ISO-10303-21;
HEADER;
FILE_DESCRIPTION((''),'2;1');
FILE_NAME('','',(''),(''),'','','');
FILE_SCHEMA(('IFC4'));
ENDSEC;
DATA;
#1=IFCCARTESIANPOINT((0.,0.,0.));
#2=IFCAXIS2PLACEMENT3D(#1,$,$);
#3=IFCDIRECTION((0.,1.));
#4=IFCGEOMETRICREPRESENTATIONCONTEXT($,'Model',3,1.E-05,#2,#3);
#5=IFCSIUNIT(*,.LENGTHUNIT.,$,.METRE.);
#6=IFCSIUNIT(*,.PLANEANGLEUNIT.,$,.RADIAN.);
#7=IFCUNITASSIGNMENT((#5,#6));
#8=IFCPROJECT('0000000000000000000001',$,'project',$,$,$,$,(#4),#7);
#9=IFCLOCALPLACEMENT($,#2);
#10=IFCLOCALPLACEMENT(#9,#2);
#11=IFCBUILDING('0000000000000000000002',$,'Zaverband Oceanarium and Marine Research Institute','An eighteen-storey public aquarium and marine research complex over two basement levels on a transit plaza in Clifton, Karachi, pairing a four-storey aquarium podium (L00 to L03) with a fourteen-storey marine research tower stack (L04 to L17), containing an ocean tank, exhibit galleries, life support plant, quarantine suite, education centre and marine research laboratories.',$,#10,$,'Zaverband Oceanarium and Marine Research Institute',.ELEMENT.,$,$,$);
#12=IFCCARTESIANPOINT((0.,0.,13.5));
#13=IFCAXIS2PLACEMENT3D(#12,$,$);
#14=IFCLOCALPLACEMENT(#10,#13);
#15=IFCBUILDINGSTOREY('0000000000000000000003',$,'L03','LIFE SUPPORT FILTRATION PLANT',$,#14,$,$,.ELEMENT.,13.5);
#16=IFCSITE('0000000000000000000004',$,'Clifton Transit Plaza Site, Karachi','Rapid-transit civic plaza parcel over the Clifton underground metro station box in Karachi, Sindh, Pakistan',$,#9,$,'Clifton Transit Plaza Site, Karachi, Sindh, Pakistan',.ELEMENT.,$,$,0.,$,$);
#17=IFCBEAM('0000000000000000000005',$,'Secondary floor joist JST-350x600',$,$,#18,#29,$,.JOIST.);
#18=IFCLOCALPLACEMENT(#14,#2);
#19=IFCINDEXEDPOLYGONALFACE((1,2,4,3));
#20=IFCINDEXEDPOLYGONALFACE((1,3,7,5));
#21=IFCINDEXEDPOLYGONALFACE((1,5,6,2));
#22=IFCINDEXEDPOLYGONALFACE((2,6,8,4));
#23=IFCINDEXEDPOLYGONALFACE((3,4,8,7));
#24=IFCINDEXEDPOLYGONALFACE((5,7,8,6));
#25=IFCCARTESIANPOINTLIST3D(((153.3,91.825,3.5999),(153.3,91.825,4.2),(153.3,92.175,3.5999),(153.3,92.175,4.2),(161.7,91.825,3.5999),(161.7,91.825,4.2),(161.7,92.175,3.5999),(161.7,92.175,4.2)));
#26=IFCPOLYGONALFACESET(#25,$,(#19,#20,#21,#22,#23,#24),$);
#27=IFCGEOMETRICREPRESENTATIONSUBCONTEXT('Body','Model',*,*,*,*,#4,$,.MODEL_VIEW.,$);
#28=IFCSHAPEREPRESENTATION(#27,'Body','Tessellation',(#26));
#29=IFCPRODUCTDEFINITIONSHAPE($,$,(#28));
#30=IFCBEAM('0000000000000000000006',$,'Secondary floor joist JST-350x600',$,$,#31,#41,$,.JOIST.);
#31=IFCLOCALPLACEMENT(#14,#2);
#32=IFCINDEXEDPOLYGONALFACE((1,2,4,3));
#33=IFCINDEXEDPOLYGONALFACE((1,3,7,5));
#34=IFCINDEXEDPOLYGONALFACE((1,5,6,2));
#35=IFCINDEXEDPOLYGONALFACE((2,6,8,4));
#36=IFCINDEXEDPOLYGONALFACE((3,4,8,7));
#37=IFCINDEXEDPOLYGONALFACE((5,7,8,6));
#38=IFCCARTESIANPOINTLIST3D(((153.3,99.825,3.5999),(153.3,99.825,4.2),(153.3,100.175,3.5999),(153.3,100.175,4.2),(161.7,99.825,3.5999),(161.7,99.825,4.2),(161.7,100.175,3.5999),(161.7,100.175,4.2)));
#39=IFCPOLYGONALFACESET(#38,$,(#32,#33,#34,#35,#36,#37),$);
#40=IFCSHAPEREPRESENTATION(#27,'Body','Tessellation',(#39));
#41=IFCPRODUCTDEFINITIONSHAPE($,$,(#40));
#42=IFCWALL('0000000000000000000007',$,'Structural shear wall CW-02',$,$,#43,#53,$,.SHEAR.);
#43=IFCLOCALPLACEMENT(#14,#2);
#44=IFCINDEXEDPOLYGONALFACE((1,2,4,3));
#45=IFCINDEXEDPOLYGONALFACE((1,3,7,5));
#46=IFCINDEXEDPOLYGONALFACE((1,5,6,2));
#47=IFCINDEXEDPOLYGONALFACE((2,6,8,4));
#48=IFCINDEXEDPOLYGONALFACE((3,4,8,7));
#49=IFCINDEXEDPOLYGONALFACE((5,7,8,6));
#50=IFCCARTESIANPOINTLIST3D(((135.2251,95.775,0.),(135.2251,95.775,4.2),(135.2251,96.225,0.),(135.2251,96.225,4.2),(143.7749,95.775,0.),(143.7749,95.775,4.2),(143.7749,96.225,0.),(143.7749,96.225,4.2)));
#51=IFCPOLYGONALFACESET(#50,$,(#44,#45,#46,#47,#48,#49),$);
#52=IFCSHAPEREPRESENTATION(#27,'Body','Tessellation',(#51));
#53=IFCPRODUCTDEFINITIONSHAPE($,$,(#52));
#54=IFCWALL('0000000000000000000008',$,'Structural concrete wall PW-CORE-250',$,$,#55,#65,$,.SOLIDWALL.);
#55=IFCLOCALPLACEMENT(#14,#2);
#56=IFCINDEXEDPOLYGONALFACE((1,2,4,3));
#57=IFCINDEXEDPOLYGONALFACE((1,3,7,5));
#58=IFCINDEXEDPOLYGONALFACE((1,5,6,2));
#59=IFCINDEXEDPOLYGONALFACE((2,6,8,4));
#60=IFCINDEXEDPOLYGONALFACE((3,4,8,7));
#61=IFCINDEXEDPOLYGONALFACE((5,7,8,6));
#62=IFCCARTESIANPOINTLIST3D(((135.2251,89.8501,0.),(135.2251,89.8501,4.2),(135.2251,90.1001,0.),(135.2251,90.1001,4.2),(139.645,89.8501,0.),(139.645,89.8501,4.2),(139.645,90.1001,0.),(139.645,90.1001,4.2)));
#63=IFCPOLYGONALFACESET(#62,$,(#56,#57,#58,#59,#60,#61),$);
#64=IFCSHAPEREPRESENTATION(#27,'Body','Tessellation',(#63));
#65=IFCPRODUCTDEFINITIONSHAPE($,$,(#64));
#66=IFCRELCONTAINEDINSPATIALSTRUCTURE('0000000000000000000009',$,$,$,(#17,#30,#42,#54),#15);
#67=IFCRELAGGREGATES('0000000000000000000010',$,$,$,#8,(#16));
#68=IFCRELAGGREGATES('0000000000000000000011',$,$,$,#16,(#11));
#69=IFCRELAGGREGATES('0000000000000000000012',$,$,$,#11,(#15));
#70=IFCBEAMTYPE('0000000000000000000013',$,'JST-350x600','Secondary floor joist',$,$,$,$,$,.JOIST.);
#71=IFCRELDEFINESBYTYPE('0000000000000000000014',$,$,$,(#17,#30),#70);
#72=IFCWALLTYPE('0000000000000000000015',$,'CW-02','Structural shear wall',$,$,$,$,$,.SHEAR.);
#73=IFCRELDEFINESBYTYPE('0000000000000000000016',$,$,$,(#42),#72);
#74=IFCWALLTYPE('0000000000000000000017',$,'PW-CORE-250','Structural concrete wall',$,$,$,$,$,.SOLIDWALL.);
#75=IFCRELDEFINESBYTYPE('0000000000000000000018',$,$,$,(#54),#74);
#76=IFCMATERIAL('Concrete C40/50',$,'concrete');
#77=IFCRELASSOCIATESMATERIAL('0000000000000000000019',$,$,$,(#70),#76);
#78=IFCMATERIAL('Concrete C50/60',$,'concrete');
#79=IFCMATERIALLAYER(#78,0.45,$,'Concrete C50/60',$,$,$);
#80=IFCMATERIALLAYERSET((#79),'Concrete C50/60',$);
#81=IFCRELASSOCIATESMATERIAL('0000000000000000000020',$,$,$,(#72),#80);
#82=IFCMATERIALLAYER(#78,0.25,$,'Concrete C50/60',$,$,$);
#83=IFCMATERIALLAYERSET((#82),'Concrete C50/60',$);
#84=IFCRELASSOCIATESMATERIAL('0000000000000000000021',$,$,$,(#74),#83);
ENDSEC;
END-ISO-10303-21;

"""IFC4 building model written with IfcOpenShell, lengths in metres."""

from ifc_helpers import new_model, si_unit, direction, frame, frame_2d, origin, origin_2d, place, context, subcontext, project, spatial, rectangle, extrude, material, layer, layer_set, material_profile, profile_set, type_object, element, save


model = new_model("IFC4")

# Units and contexts
model_context = context("Model", 3, precision=1e-05, world=origin(), true_north=direction((0.0, 1.0)))
body_context = subcontext(model_context, "Body", "Model", "MODEL_VIEW")
ifc_project = project(units=[si_unit("LENGTHUNIT", "METRE"), si_unit("PLANEANGLEUNIT", "RADIAN")], contexts=[model_context])

# Site, building, storey
site_placement = place(None, origin())
site = spatial("IfcSite", under=ifc_project, at=site_placement, Name="Clifton Transit Plaza Site, Karachi", Description="Rapid-transit civic plaza parcel over the Clifton underground metro station box in Karachi, Sindh, Pakistan", LongName="Clifton Transit Plaza Site, Karachi, Sindh, Pakistan", CompositionType="ELEMENT", RefElevation=0.0)
building_placement = place(site_placement, origin())
building = spatial("IfcBuilding", under=site, at=building_placement, Name="Zaverband Oceanarium and Marine Research Institute", Description="An eighteen-storey public aquarium and marine research complex over two basement levels on a transit plaza in Clifton, Karachi, pairing a four-storey aquarium podium (L00 to L03) with a fourteen-storey marine research tower stack (L04 to L17), containing an ocean tank, exhibit galleries, life support plant, quarantine suite, education centre and marine research laboratories.", LongName="Zaverband Oceanarium and Marine Research Institute", CompositionType="ELEMENT")
storey_placement = place(building_placement, frame((0.0, 0.0, 13.5)))
storey = spatial("IfcBuildingStorey", under=building, at=storey_placement, Name="L03", Description="LIFE SUPPORT FILTRATION PLANT", CompositionType="ELEMENT", Elevation=13.5)

# Shared definitions
ifc_material_1 = material(Name="Concrete C50/60", Category="concrete")

# Beams
ifc_material_2 = material(Name="Concrete C40/50", Category="concrete")
ifc_material_profile_1 = material_profile(ifc_material_2, rectangle(XDim=0.3501, YDim=0.6001, at=origin_2d()), Name="RC350x600")
ifc_profile_set_1 = profile_set([ifc_material_profile_1], Name="Concrete C40/50")
beam_type_1 = type_object("IfcBeamType", Name="JST-350x600", Description="Secondary floor joist", PredefinedType="JOIST", material=ifc_profile_set_1)
for number, where, z_axis, x_axis, name in (
    (1, (153.3, 92.0, 3.8999), (1.0, 0.0, 0.0), (0.0, 1.0, 0.0), "Secondary floor joist JST-350x600"),
    (2, (153.3, 100.0, 3.8999), (1.0, 0.0, 0.0), (0.0, 1.0, 0.0), "Secondary floor joist JST-350x600"),
):
    element("IfcBeam", number, at=place(storey_placement, frame(where, z_axis=z_axis, x_axis=x_axis)), inside=storey, type_object=beam_type_1, Name=name, PredefinedType="JOIST", context=body_context, shape_type="SweptSolid", body=[
        extrude(rectangle(XDim=0.3501, YDim=0.6001, at=origin_2d()), origin(), (0.0, 0.0, 1.0), 8.3999),
    ])

# Walls
ifc_layer_1 = layer(ifc_material_1, 0.45, Name="Concrete C50/60")
ifc_layer_set_1 = layer_set([ifc_layer_1], Name="Concrete C50/60")
wall_type_1 = type_object("IfcWallType", Name="CW-02", Description="Structural shear wall", PredefinedType="SHEAR", material=ifc_layer_set_1)
wall_1_placement = place(storey_placement, frame((135.2251, 96.0, 0.0), z_axis=(0.0, 0.0, 1.0), x_axis=(1.0, 0.0, 0.0)))
element("IfcWall", 3, at=wall_1_placement, inside=storey, type_object=wall_type_1, Name="Structural shear wall CW-02", PredefinedType="SHEAR", context=body_context, shape_type="SweptSolid", body=[
    extrude(rectangle(XDim=8.5498, YDim=0.45, at=frame_2d((4.2749, 0.0))), origin(), (0.0, 0.0, 1.0), 4.2),
])
ifc_layer_2 = layer(ifc_material_1, 0.25, Name="Concrete C50/60")
ifc_layer_set_2 = layer_set([ifc_layer_2], Name="Concrete C50/60")
wall_type_2 = type_object("IfcWallType", Name="PW-CORE-250", Description="Structural concrete wall", PredefinedType="SOLIDWALL", material=ifc_layer_set_2)
wall_2_placement = place(storey_placement, frame((135.2251, 89.9751, 0.0), z_axis=(0.0, 0.0, 1.0), x_axis=(1.0, 0.0, 0.0)))
element("IfcWall", 4, at=wall_2_placement, inside=storey, type_object=wall_type_2, Name="Structural concrete wall PW-CORE-250", PredefinedType="SOLIDWALL", context=body_context, shape_type="SweptSolid", body=[
    extrude(rectangle(XDim=4.4199, YDim=0.25, at=frame_2d((2.21, 0.0))), origin(), (0.0, 0.0, 1.0), 4.2),
])

save(model, "model.ifc")
